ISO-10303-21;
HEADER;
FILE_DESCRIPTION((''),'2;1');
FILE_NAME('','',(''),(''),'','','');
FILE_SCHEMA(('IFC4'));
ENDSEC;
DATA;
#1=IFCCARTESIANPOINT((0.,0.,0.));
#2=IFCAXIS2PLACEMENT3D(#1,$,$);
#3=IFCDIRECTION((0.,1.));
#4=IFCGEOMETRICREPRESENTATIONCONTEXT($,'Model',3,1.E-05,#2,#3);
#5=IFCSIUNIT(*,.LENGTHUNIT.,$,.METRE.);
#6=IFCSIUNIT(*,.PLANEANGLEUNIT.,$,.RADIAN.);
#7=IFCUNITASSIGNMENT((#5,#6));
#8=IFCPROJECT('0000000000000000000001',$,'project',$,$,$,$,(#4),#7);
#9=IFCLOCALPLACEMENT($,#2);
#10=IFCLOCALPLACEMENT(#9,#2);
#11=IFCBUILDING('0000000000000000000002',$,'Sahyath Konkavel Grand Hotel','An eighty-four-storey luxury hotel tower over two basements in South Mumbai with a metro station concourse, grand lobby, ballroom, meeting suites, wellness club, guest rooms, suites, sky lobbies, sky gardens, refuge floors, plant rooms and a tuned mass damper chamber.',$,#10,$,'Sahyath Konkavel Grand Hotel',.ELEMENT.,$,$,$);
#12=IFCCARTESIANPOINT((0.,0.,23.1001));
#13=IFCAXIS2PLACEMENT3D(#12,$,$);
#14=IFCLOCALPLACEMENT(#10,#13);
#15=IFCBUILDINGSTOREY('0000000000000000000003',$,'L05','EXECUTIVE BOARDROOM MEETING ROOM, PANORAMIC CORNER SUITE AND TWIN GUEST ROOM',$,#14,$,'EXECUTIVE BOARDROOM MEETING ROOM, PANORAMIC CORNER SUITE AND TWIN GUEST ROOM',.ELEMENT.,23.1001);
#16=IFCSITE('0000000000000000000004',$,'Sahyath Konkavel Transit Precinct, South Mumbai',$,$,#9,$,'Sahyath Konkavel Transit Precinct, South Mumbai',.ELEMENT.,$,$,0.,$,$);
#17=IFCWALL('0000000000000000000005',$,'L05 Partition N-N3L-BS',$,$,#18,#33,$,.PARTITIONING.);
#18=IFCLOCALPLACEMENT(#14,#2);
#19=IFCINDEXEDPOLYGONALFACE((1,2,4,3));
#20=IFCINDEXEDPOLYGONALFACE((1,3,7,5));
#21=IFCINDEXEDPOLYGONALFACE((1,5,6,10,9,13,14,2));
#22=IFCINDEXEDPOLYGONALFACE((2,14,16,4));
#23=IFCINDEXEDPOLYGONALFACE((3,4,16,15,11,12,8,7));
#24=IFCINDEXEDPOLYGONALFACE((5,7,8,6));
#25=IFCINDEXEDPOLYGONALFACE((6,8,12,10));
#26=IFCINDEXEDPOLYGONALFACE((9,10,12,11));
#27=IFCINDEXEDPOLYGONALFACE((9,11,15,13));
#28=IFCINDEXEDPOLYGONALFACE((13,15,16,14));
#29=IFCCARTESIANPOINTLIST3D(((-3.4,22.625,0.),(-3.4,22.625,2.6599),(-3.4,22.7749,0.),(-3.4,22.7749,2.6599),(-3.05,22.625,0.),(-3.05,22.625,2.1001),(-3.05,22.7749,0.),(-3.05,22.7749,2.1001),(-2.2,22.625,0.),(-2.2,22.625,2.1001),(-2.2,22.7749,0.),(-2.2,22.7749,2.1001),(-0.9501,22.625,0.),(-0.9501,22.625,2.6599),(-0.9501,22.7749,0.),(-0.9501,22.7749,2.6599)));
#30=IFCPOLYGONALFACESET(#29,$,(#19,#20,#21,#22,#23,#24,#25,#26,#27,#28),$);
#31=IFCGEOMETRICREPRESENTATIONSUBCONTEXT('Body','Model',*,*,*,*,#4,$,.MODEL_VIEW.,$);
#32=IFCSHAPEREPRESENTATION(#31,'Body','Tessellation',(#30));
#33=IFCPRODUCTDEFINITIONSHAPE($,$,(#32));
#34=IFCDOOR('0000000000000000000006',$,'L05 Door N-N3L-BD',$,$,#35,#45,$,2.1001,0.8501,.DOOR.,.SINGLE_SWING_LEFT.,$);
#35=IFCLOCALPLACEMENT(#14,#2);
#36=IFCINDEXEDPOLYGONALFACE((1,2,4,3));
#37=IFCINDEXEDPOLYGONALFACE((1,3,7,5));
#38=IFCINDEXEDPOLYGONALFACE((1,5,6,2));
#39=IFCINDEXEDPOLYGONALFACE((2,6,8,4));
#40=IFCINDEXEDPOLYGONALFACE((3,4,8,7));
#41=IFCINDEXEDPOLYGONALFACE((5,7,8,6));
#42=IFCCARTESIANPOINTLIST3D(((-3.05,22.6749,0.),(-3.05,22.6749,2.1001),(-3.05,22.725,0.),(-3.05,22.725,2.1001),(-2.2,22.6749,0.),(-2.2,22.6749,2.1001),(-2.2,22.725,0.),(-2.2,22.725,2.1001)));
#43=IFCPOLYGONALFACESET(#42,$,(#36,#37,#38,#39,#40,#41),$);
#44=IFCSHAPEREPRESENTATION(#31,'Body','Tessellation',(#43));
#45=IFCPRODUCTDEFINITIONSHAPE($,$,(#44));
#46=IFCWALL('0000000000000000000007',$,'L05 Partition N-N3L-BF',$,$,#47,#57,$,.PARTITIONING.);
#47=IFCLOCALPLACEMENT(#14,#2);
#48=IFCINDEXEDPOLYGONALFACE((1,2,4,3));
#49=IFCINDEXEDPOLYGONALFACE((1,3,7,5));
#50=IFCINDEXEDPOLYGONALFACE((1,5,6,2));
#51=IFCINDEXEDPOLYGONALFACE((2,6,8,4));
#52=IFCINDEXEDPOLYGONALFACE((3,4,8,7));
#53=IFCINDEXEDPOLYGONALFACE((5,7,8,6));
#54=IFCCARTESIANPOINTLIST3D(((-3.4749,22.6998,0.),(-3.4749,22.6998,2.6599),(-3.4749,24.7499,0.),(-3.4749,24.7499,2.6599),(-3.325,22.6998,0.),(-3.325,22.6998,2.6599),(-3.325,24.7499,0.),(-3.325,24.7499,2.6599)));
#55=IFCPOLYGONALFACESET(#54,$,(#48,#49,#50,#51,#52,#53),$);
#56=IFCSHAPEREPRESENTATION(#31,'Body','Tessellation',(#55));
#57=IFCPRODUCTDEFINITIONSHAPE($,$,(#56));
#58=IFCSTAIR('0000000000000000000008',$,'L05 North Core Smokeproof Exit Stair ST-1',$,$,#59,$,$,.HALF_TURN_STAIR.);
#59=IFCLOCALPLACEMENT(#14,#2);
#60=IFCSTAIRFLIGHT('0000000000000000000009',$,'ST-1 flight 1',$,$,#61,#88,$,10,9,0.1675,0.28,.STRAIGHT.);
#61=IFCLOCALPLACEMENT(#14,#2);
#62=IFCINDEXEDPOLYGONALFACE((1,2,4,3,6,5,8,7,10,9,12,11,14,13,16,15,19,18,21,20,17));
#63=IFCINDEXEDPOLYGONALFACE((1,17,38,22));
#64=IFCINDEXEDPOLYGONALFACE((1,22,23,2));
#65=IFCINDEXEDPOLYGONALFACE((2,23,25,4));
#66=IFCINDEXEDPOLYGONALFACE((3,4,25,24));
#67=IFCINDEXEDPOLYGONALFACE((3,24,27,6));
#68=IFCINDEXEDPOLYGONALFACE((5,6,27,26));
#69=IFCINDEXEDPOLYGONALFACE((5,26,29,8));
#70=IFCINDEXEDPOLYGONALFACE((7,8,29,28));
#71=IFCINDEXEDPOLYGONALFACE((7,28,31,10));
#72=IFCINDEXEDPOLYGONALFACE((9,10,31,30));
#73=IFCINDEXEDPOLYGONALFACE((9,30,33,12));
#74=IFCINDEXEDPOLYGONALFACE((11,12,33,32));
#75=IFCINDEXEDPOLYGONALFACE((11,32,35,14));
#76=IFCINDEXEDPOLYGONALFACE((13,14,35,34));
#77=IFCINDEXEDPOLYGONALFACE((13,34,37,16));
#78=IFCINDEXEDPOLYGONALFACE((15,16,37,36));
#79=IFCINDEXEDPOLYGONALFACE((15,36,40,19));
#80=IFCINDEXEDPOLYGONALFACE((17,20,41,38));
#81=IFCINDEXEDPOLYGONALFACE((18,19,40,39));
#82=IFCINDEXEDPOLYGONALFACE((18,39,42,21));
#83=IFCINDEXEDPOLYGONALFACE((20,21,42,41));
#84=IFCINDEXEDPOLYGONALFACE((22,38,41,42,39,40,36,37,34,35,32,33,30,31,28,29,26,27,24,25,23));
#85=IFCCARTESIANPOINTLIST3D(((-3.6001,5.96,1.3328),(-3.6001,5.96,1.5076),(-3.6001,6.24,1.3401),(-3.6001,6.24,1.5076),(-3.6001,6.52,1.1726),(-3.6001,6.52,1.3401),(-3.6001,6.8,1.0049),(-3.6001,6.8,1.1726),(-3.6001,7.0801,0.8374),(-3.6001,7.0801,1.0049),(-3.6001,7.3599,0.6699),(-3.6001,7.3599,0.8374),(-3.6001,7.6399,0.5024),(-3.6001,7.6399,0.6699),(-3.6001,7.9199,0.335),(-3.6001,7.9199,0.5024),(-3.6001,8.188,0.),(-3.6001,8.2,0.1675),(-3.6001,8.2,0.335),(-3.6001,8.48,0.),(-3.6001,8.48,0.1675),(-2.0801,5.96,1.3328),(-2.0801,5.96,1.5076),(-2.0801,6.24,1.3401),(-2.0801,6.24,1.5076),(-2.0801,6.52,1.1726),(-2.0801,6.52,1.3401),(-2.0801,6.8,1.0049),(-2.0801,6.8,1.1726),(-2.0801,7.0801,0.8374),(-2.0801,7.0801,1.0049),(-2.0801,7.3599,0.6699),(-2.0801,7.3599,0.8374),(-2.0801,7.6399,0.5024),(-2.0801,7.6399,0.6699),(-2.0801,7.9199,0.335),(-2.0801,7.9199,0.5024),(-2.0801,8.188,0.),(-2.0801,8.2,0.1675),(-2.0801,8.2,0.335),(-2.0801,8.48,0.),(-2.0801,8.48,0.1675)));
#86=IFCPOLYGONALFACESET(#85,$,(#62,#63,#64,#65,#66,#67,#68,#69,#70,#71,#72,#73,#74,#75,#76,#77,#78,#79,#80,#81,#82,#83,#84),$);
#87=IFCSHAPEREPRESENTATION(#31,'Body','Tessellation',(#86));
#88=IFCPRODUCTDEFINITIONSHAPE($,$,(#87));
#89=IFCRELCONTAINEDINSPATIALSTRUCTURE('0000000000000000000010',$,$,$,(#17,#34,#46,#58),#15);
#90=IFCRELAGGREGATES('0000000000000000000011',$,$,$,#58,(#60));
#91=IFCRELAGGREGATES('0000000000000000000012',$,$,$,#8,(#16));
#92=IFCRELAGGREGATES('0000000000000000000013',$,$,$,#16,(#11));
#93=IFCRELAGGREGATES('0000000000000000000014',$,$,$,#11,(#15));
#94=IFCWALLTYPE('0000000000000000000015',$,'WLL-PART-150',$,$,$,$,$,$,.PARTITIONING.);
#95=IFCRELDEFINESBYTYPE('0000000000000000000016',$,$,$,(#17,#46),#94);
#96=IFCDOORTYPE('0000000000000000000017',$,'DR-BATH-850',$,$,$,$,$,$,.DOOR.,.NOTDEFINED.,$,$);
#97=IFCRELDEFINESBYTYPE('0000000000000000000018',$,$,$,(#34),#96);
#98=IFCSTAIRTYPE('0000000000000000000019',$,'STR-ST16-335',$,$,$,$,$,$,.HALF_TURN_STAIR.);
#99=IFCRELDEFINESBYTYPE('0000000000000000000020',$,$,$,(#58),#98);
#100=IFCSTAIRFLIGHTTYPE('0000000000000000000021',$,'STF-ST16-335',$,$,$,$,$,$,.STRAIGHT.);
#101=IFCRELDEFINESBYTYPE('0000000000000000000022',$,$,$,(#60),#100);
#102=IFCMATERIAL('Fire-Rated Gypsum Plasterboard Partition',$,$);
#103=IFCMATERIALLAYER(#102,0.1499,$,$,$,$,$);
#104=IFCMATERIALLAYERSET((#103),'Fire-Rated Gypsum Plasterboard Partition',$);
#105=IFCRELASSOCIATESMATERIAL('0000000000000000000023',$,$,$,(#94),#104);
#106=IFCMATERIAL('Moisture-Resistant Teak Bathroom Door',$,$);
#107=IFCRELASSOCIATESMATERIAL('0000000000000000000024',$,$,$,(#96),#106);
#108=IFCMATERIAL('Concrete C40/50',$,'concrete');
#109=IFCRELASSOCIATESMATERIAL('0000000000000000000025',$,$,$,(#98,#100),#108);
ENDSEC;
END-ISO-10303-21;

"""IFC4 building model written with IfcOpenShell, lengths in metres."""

from ifc_helpers import new_model, si_unit, direction, frame, frame_2d, origin, origin_2d, place, context, subcontext, project, spatial, polyline, rectangle, outline, extrude, source, transform, mapped, material, layer, layer_set, type_object, element, fill, aggregate, save


model = new_model("IFC4")

# Units and contexts
model_context = context("Model", 3, precision=1e-05, world=origin(), true_north=direction((0.0, 1.0)))
body_context = subcontext(model_context, "Body", "Model", "MODEL_VIEW")
ifc_project = project(units=[si_unit("LENGTHUNIT", "METRE"), si_unit("PLANEANGLEUNIT", "RADIAN")], contexts=[model_context])

# Site, building, storey
site_placement = place(None, origin())
site = spatial("IfcSite", under=ifc_project, at=site_placement, Name="Sahyath Konkavel Transit Precinct, South Mumbai", LongName="Sahyath Konkavel Transit Precinct, South Mumbai", CompositionType="ELEMENT", RefElevation=0.0)
building_placement = place(site_placement, origin())
building = spatial("IfcBuilding", under=site, at=building_placement, Name="Sahyath Konkavel Grand Hotel", Description="An eighty-four-storey luxury hotel tower over two basements in South Mumbai with a metro station concourse, grand lobby, ballroom, meeting suites, wellness club, guest rooms, suites, sky lobbies, sky gardens, refuge floors, plant rooms and a tuned mass damper chamber.", LongName="Sahyath Konkavel Grand Hotel", CompositionType="ELEMENT")
storey_placement = place(building_placement, frame((0.0, 0.0, 23.1001)))
storey = spatial("IfcBuildingStorey", under=building, at=storey_placement, Name="L05", Description="EXECUTIVE BOARDROOM MEETING ROOM, PANORAMIC CORNER SUITE AND TWIN GUEST ROOM", LongName="EXECUTIVE BOARDROOM MEETING ROOM, PANORAMIC CORNER SUITE AND TWIN GUEST ROOM", CompositionType="ELEMENT", Elevation=23.1001)

# Shared definitions
ifc_material_1 = material(Name="Fire-Rated Gypsum Plasterboard Partition")
ifc_layer_1 = layer(ifc_material_1, 0.1499)
ifc_layer_set_1 = layer_set([ifc_layer_1], Name="Fire-Rated Gypsum Plasterboard Partition")
wall_type_1 = type_object("IfcWallType", Name="WLL-PART-150", PredefinedType="PARTITIONING", material=ifc_layer_set_1)
shared_shape_1 = source(origin(), body_context, "Body", "SweptSolid", [
    extrude(rectangle(XDim=0.8501, YDim=0.05, at=origin_2d()), origin(), (0.0, 0.0, 1.0), 2.1001),
])

# Shared definitions
ifc_material_2 = material(Name="Moisture-Resistant Teak Bathroom Door")
door_type_1 = type_object("IfcDoorType", Name="DR-BATH-850", OperationType="NOTDEFINED", PredefinedType="DOOR", material=ifc_material_2)

# Wall, opening, door
wall_1_placement = place(storey_placement, frame((-0.95, 22.7, 0.0), z_axis=(0.0, 0.0, 1.0), x_axis=(-1.0, 0.0, 0.0)))
wall_1 = element("IfcWall", 1, at=wall_1_placement, inside=storey, type_object=wall_type_1, Name="L05 Partition N-N3L-BS", PredefinedType="PARTITIONING", context=body_context, shape_type="SweptSolid", body=[
    extrude(rectangle(XDim=2.45, YDim=0.1499, at=frame_2d((1.2251, 0.0))), origin(), (0.0, 0.0, 1.0), 2.6599),
])
opening_1_placement = place(wall_1_placement, frame((1.25, 0.0, 0.0)))
opening_1 = element("IfcOpeningElement", 2, at=opening_1_placement, cuts=wall_1, PredefinedType="OPENING", context=body_context, shape_type="SweptSolid", body=[
    extrude(rectangle(XDim=0.8501, YDim=2.1001, at=frame_2d((0.425, 1.05))), frame((0.0, 0.085, 0.0), z_axis=(0.0, -1.0, 0.0), x_axis=(1.0, 0.0, 0.0)), (0.0, 0.0, 1.0), 0.1699),
])
door_1_placement = place(opening_1_placement, frame((0.425, 0.0, 0.0)))
door_1 = element("IfcDoor", 3, at=door_1_placement, inside=storey, type_object=door_type_1, Name="L05 Door N-N3L-BD", OperationType="SINGLE_SWING_LEFT", OverallHeight=2.1001, OverallWidth=0.8501, PredefinedType="DOOR", context=body_context, shape_type="MappedRepresentation", body=[
    mapped(shared_shape_1, transform((0.0, 0.0, 0.0), scale=1.0)),
])
fill(opening_1, door_1)

# Wall
wall_2_placement = place(storey_placement, frame((-3.3999, 22.7, 0.0), z_axis=(0.0, 0.0, 1.0), x_axis=(0.0, 1.0, 0.0)))
element("IfcWall", 4, at=wall_2_placement, inside=storey, type_object=wall_type_1, Name="L05 Partition N-N3L-BF", PredefinedType="PARTITIONING", context=body_context, shape_type="SweptSolid", body=[
    extrude(rectangle(XDim=2.05, YDim=0.1499, at=frame_2d((1.0249, 0.0))), origin(), (0.0, 0.0, 1.0), 2.6599),
])

# Stair, stair flight
ifc_material_3 = material(Name="Concrete C40/50", Category="concrete")
stair_type = type_object("IfcStairType", Name="STR-ST16-335", PredefinedType="HALF_TURN_STAIR", material=ifc_material_3)
stair_placement = place(storey_placement, origin())
stair = element("IfcStair", 5, at=stair_placement, inside=storey, type_object=stair_type, Name="L05 North Core Smokeproof Exit Stair ST-1", PredefinedType="HALF_TURN_STAIR")
stair_flight_type = type_object("IfcStairFlightType", Name="STF-ST16-335", PredefinedType="STRAIGHT", material=ifc_material_3)
stair_flight_placement = place(storey_placement, frame((-2.8401, 8.48, 0.0), z_axis=(0.0, 0.0, 1.0), x_axis=(0.0, -1.0, 0.0)))
stair_flight = element("IfcStairFlight", 6, at=stair_flight_placement, type_object=stair_flight_type, Name="ST-1 flight 1", NumberOfRisers=10, NumberOfTreads=9, PredefinedType="STRAIGHT", RiserHeight=0.1675, TreadLength=0.28, context=body_context, shape_type="SweptSolid", body=[
    extrude(outline(polyline([(0.0, 0.0), (0.0, 0.1675), (0.28, 0.1675), (0.28, 0.335), (0.5601, 0.335), (0.5601, 0.5024), (0.8401, 0.5024), (0.8401, 0.6699), (1.1201, 0.6699), (1.1201, 0.8374), (1.3999, 0.8374), (1.3999, 1.0049), (1.6799, 1.0049), (1.6799, 1.1726), (1.96, 1.1726), (1.96, 1.3401), (2.24, 1.3401), (2.24, 1.5076), (2.52, 1.5076), (2.52, 1.675), (2.52, 1.3328), (0.292, 0.0), (0.0, 0.0)])), frame((0.0, 0.76, 0.0), z_axis=(0.0, -1.0, 0.0), x_axis=(1.0, 0.0, 0.0)), (0.0, 0.0, 1.0), 1.52),
])
aggregate(stair, [stair_flight])

save(model, "model.ifc")
